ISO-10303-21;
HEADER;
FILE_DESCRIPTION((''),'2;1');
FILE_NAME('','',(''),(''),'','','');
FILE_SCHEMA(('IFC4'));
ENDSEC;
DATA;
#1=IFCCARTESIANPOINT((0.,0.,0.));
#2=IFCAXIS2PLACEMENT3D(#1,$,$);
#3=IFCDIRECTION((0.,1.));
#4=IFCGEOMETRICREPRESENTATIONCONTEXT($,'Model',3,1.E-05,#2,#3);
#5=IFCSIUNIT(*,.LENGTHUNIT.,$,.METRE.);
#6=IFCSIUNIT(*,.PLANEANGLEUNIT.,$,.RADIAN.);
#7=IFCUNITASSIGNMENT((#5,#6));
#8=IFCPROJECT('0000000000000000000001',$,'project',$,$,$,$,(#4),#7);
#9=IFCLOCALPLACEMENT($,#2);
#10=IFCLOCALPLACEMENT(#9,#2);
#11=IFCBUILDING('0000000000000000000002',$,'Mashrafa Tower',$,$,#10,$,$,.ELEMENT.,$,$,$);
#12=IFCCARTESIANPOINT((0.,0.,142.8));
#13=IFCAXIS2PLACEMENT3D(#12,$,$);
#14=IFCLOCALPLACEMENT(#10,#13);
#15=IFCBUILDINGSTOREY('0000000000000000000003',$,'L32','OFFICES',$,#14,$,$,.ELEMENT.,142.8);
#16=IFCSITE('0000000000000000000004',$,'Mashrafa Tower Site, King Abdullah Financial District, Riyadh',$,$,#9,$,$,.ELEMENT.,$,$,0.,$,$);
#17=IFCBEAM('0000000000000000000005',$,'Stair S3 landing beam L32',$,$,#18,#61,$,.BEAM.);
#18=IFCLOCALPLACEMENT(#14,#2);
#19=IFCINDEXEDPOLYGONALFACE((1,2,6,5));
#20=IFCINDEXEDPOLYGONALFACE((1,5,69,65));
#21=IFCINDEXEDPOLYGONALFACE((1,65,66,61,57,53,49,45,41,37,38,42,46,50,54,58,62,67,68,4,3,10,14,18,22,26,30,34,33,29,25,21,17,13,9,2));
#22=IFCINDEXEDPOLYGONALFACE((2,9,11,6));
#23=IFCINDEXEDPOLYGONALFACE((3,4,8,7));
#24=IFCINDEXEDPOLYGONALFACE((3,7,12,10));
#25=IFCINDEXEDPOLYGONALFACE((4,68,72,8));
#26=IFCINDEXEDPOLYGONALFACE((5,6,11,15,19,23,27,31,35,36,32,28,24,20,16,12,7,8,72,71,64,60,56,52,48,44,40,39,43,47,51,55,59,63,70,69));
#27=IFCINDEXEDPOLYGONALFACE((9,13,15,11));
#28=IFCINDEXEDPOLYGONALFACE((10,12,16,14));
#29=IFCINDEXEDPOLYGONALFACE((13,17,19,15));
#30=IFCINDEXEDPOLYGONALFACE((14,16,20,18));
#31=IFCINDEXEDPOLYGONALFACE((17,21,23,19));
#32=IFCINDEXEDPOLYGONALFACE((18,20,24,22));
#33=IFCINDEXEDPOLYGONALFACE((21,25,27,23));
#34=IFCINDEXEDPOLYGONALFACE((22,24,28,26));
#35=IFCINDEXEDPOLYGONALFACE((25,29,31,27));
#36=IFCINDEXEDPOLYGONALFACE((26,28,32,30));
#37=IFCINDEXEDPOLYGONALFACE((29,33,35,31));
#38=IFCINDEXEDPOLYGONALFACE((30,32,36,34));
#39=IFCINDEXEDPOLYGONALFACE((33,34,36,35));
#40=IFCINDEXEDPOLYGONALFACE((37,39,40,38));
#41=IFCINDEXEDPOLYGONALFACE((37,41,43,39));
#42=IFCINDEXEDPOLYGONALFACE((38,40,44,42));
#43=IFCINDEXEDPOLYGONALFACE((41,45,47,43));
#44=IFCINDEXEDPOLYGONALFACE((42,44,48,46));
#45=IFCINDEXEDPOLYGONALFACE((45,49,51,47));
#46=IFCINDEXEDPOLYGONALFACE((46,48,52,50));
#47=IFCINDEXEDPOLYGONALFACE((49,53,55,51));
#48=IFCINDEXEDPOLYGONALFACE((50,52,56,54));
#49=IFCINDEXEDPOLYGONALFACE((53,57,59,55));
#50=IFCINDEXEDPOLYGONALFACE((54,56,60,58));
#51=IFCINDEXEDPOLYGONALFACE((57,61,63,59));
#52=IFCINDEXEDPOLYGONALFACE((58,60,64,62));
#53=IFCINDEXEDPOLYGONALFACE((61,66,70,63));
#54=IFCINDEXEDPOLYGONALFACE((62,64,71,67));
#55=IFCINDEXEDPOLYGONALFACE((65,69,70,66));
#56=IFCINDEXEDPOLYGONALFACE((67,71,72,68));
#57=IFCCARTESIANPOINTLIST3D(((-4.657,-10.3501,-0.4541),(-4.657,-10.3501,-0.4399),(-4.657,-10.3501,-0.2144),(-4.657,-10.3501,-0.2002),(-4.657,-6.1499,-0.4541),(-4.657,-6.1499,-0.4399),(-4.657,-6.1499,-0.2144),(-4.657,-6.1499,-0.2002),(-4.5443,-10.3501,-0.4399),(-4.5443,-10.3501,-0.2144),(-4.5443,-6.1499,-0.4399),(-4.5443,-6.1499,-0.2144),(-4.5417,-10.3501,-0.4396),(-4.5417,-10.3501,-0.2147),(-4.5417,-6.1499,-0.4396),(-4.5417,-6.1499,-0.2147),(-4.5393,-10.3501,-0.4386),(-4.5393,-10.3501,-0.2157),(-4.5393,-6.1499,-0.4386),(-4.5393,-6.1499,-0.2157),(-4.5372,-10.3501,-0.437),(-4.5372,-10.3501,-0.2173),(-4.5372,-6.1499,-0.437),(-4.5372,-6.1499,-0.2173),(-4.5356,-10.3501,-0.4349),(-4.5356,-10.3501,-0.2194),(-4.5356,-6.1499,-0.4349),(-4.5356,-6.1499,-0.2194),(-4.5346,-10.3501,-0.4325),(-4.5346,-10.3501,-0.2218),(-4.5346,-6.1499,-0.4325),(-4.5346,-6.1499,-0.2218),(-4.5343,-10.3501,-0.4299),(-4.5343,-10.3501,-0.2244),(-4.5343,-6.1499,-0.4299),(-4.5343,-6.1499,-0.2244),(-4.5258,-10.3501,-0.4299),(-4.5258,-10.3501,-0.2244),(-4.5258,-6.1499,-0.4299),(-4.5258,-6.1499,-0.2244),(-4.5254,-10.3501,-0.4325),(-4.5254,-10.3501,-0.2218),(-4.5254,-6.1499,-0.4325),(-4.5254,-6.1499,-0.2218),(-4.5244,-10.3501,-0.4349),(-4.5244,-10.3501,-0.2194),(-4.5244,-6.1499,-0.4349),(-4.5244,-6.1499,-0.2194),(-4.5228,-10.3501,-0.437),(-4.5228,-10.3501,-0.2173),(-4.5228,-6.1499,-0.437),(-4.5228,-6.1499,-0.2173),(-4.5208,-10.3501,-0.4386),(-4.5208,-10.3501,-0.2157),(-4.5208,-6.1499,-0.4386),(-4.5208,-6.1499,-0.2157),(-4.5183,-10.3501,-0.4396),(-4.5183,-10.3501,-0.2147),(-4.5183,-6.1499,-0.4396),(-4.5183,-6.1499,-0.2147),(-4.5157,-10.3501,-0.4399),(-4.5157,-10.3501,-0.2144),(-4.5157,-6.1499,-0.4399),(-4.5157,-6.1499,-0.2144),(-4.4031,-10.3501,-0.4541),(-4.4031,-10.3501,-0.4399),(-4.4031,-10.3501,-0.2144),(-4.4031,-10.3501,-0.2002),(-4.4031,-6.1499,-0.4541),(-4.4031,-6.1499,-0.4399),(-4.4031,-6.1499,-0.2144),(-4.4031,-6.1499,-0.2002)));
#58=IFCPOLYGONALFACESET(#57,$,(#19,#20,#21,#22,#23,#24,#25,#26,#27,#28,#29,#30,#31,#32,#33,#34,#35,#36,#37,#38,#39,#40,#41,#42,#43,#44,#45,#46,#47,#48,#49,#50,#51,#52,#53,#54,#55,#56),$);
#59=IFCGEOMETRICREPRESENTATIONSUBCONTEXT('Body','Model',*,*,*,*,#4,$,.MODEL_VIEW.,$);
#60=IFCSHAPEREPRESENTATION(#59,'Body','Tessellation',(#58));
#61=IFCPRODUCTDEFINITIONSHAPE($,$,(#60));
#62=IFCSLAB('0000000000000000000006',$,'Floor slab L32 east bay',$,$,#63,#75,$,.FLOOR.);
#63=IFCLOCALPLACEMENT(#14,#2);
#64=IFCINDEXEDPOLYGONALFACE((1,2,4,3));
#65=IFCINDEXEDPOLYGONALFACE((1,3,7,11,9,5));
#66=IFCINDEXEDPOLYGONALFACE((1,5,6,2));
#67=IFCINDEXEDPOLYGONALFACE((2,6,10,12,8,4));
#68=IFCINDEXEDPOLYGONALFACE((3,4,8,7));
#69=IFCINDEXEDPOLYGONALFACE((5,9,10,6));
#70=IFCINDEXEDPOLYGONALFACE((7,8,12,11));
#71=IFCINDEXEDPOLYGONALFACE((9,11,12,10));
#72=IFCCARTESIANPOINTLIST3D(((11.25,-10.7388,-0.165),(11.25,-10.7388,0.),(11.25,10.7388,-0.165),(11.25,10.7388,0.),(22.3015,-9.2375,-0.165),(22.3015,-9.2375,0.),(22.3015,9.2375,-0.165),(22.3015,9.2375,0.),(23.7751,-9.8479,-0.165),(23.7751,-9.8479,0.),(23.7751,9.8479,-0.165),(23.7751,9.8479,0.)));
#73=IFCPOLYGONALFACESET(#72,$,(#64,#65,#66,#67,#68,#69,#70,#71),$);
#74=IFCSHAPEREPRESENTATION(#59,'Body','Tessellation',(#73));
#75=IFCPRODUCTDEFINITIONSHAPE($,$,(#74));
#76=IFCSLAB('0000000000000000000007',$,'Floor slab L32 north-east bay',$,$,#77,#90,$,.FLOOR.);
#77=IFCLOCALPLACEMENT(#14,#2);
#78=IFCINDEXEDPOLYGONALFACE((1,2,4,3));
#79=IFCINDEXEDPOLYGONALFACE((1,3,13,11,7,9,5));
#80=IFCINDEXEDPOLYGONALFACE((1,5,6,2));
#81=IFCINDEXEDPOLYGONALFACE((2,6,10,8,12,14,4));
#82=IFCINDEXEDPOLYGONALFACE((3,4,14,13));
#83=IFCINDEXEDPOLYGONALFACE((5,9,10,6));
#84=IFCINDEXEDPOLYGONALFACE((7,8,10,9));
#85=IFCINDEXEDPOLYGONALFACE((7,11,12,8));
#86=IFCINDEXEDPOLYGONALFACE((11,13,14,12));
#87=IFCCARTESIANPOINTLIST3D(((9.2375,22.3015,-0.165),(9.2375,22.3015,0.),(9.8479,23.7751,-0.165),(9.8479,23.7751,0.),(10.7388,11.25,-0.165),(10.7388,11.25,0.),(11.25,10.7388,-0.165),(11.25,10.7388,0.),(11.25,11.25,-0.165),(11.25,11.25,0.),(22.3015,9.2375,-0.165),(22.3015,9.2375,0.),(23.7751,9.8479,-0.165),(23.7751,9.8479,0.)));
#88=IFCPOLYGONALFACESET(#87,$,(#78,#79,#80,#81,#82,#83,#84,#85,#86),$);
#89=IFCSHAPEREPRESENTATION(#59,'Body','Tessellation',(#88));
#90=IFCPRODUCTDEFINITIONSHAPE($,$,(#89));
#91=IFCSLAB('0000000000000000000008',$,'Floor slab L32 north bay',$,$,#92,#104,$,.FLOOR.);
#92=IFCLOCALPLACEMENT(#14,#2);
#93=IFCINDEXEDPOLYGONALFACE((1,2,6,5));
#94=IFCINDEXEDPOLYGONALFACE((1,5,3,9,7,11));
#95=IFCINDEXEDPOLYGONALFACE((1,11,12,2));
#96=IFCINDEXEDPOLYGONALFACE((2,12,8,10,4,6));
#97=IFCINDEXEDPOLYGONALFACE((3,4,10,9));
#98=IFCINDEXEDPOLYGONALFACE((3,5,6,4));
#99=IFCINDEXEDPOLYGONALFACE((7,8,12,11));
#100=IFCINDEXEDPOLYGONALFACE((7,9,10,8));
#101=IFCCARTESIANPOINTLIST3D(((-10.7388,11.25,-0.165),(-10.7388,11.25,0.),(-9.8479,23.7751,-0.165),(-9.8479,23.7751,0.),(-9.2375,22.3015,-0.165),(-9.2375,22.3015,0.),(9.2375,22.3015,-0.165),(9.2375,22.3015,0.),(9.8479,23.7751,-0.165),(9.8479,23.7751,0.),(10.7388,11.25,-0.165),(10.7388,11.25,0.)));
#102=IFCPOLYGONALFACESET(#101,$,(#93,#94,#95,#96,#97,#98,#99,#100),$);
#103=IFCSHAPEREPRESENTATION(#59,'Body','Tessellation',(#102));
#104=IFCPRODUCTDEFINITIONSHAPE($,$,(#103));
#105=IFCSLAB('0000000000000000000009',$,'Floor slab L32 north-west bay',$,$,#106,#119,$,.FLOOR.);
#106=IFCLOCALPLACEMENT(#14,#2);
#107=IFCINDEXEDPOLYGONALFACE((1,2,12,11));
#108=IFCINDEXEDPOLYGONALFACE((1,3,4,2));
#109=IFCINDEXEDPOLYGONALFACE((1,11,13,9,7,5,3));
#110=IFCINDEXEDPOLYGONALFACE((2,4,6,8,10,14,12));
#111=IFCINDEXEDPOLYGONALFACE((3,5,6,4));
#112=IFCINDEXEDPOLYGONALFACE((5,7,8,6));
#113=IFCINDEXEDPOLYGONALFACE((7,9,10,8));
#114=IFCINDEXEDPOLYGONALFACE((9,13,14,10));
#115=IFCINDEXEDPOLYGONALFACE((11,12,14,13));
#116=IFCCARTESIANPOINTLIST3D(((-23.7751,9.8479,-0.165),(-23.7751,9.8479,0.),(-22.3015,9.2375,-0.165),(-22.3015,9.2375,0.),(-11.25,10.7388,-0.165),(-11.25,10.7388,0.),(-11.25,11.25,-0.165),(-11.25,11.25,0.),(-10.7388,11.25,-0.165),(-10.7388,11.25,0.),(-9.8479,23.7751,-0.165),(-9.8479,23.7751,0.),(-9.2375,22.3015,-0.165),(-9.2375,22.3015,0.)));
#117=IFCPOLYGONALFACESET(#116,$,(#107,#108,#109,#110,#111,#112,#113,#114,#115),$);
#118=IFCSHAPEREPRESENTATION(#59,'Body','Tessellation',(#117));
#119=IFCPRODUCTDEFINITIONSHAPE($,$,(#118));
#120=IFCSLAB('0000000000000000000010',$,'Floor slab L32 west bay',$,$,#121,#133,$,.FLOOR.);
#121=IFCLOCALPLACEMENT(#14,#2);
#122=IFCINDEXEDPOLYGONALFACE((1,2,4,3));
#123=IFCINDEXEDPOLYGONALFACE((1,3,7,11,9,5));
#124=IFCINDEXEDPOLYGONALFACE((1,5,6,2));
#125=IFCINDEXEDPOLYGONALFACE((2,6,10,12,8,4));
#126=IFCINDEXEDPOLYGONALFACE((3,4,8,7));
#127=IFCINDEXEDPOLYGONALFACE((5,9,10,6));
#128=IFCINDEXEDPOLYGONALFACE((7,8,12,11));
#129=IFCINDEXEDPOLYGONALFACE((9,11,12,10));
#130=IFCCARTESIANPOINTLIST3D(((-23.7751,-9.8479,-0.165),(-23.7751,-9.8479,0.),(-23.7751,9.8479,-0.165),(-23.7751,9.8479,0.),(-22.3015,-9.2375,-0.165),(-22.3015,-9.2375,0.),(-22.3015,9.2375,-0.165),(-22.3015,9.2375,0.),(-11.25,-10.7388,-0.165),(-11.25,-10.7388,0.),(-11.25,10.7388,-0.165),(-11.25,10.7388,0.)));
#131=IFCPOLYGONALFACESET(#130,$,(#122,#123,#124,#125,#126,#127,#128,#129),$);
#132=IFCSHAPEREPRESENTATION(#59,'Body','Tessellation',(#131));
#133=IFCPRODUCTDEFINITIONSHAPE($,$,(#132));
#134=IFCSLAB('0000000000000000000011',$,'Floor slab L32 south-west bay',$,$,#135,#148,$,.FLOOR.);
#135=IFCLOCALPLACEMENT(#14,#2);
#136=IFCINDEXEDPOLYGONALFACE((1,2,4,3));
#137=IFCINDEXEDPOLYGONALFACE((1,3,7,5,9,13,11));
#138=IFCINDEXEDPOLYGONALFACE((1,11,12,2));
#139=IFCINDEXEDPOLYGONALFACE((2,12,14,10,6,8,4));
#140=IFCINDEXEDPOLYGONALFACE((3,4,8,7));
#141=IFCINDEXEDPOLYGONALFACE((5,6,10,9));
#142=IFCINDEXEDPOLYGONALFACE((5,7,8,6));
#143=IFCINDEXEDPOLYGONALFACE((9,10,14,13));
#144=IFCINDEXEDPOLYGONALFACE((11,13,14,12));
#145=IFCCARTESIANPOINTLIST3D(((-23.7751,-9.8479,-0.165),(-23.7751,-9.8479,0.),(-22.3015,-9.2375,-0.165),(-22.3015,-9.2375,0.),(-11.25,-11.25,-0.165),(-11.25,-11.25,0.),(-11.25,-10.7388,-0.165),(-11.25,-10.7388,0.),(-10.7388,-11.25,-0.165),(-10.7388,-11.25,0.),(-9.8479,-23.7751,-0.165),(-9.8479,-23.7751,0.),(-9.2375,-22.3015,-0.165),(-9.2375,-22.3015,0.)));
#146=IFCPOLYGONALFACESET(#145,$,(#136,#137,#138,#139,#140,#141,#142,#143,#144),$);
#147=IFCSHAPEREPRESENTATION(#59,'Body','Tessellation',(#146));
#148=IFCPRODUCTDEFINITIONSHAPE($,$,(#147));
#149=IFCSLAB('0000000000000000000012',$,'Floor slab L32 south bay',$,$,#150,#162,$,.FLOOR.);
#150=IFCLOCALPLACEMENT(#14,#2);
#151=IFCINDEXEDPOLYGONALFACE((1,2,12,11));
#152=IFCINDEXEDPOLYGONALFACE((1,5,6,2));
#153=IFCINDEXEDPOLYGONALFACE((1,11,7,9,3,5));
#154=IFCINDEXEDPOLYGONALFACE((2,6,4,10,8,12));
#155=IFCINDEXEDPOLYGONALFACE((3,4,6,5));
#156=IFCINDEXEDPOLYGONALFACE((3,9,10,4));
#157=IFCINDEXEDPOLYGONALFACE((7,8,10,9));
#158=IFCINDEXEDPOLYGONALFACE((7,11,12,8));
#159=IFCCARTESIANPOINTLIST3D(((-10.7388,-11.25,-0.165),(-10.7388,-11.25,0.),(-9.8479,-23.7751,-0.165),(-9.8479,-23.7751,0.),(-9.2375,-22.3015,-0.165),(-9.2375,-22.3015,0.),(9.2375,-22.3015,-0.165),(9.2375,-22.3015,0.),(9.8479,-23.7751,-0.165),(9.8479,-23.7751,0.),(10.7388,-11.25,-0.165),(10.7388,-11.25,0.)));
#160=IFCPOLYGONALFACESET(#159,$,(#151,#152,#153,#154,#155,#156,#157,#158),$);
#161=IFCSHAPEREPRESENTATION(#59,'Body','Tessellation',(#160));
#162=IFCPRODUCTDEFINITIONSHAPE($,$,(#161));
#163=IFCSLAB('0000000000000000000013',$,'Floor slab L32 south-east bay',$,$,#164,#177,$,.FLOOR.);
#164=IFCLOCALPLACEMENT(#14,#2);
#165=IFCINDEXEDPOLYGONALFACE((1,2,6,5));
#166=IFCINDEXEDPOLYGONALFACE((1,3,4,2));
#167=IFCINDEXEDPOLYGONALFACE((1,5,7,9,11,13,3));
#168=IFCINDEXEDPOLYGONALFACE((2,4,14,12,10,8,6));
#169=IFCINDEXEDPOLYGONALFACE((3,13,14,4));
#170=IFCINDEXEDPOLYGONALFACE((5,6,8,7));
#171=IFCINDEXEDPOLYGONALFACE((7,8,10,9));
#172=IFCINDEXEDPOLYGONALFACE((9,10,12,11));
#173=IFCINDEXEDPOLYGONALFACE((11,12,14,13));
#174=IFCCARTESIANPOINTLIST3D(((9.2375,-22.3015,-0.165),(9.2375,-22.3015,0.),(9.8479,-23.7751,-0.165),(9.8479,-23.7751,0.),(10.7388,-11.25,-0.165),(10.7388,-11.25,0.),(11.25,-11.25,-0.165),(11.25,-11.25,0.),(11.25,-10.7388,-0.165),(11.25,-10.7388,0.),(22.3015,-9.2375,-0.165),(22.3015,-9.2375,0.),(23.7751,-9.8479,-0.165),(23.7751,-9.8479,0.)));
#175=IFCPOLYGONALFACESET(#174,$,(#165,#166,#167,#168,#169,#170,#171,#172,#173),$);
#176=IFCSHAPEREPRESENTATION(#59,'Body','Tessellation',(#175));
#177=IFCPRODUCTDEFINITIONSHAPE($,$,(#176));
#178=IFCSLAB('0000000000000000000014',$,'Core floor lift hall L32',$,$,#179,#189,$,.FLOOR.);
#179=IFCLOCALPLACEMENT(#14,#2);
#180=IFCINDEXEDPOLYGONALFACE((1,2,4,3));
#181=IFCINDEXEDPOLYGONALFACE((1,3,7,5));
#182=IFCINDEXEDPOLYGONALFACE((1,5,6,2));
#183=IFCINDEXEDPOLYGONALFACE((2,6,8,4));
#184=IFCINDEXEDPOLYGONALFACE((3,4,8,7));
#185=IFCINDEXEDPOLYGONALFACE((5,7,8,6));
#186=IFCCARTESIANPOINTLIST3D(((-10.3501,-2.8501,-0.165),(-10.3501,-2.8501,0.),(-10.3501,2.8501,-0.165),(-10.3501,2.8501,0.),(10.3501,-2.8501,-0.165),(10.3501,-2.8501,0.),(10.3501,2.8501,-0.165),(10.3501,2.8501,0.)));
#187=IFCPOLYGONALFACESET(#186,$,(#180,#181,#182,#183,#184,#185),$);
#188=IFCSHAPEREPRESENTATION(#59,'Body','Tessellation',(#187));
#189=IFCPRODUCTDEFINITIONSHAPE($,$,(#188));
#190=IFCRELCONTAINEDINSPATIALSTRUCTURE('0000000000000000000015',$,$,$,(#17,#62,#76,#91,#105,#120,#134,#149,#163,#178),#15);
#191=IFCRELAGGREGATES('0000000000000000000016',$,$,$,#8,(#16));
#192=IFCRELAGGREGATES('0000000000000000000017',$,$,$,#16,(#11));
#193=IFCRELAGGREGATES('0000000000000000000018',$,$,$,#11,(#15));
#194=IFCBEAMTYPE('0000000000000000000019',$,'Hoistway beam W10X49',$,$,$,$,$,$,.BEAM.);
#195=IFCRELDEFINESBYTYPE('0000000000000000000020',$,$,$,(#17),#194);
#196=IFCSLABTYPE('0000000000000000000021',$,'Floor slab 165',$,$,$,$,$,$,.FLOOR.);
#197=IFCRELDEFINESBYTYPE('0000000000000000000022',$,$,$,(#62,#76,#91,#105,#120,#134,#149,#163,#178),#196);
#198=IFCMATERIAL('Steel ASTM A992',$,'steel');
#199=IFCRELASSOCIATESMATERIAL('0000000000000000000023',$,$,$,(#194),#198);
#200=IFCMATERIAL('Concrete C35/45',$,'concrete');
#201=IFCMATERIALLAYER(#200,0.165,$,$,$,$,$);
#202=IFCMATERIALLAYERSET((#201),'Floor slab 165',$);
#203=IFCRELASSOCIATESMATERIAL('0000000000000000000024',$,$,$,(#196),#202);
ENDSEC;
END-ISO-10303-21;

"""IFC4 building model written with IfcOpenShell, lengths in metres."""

from ifc_helpers import new_model, si_unit, direction, frame, origin, origin_2d, place, context, subcontext, project, spatial, polyline, i_section, outline, extrude, material, layer, layer_set, material_profile, profile_set, type_object, element, save


model = new_model("IFC4")

# Units and contexts
model_context = context("Model", 3, precision=1e-05, world=origin(), true_north=direction((0.0, 1.0)))
body_context = subcontext(model_context, "Body", "Model", "MODEL_VIEW")
ifc_project = project(units=[si_unit("LENGTHUNIT", "METRE"), si_unit("PLANEANGLEUNIT", "RADIAN")], contexts=[model_context])

# Site, building, storey
site_placement = place(None, origin())
site = spatial("IfcSite", under=ifc_project, at=site_placement, Name="Mashrafa Tower Site, King Abdullah Financial District, Riyadh", CompositionType="ELEMENT", RefElevation=0.0)
building_placement = place(site_placement, origin())
building = spatial("IfcBuilding", under=site, at=building_placement, Name="Mashrafa Tower", CompositionType="ELEMENT")
storey_placement = place(building_placement, frame((0.0, 0.0, 142.8)))
storey = spatial("IfcBuildingStorey", under=building, at=storey_placement, Name="L32", Description="OFFICES", CompositionType="ELEMENT", Elevation=142.8)

# Beam
ifc_material_1 = material(Name="Steel ASTM A992", Category="steel")
ifc_material_profile_1 = material_profile(ifc_material_1, i_section(OverallWidth=0.2539, OverallDepth=0.2539, WebThickness=0.0085, FlangeThickness=0.0142, FilletRadius=0.01, at=origin_2d()), Name="W10X49")
ifc_profile_set_1 = profile_set([ifc_material_profile_1], Name="Steel ASTM A992")
beam_type_1 = type_object("IfcBeamType", Name="Hoistway beam W10X49", PredefinedType="BEAM", material=ifc_profile_set_1)
beam_1_placement = place(storey_placement, frame((-4.53, -10.3501, -0.3271), z_axis=(0.0, 1.0, 0.0), x_axis=(-1.0, 0.0, 0.0)))
element("IfcBeam", 1, at=beam_1_placement, inside=storey, type_object=beam_type_1, Name="Stair S3 landing beam L32", PredefinedType="BEAM", context=body_context, shape_type="SweptSolid", body=[
    extrude(i_section(OverallWidth=0.2539, OverallDepth=0.2539, WebThickness=0.0085, FlangeThickness=0.0142, FilletRadius=0.01, at=origin_2d()), origin(), (0.0, 0.0, 1.0), 4.2002),
])

# Slabs
ifc_material_2 = material(Name="Concrete C35/45", Category="concrete")
ifc_layer_1 = layer(ifc_material_2, 0.165)
ifc_layer_set_1 = layer_set([ifc_layer_1], Name="Floor slab 165")
slab_type = type_object("IfcSlabType", Name="Floor slab 165", PredefinedType="FLOOR", material=ifc_layer_set_1)
slab_1_placement = place(storey_placement, frame((0.0, 0.0, -0.165)))
element("IfcSlab", 2, at=slab_1_placement, inside=storey, type_object=slab_type, Name="Floor slab L32 east bay", PredefinedType="FLOOR", context=body_context, shape_type="SweptSolid", body=[
    extrude(outline(polyline([(23.7751, -9.8479), (22.3015, -9.2375), (11.25, -10.7388), (11.25, 10.7388), (22.3015, 9.2375), (23.7751, 9.8479), (23.7751, -9.8479)])), origin(), (0.0, 0.0, 1.0), 0.165),
])
slab_2_placement = place(storey_placement, frame((0.0, 0.0, -0.165)))
element("IfcSlab", 3, at=slab_2_placement, inside=storey, type_object=slab_type, Name="Floor slab L32 north-east bay", PredefinedType="FLOOR", context=body_context, shape_type="SweptSolid", body=[
    extrude(outline(polyline([(9.8479, 23.7751), (23.7751, 9.8479), (23.7751, 9.8479), (22.3015, 9.2375), (11.25, 10.7388), (11.25, 11.25), (10.7388, 11.25), (9.2375, 22.3015), (9.8479, 23.7751), (9.8479, 23.7751)])), origin(), (0.0, 0.0, 1.0), 0.165),
])
slab_3_placement = place(storey_placement, frame((0.0, 0.0, -0.165)))
element("IfcSlab", 4, at=slab_3_placement, inside=storey, type_object=slab_type, Name="Floor slab L32 north bay", PredefinedType="FLOOR", context=body_context, shape_type="SweptSolid", body=[
    extrude(outline(polyline([(9.8479, 23.7751), (9.2375, 22.3015), (10.7388, 11.25), (-10.7388, 11.25), (-9.2375, 22.3015), (-9.8479, 23.7751), (9.8479, 23.7751)])), origin(), (0.0, 0.0, 1.0), 0.165),
])
slab_4_placement = place(storey_placement, frame((0.0, 0.0, -0.165)))
element("IfcSlab", 5, at=slab_4_placement, inside=storey, type_object=slab_type, Name="Floor slab L32 north-west bay", PredefinedType="FLOOR", context=body_context, shape_type="SweptSolid", body=[
    extrude(outline(polyline([(-23.7751, 9.8479), (-9.8479, 23.7751), (-9.8479, 23.7751), (-9.2375, 22.3015), (-10.7388, 11.25), (-11.25, 11.25), (-11.25, 10.7388), (-22.3015, 9.2375), (-23.7751, 9.8479), (-23.7751, 9.8479)])), origin(), (0.0, 0.0, 1.0), 0.165),
])
slab_5_placement = place(storey_placement, frame((0.0, 0.0, -0.165)))
element("IfcSlab", 6, at=slab_5_placement, inside=storey, type_object=slab_type, Name="Floor slab L32 west bay", PredefinedType="FLOOR", context=body_context, shape_type="SweptSolid", body=[
    extrude(outline(polyline([(-23.7751, 9.8479), (-22.3015, 9.2375), (-11.25, 10.7388), (-11.25, -10.7388), (-22.3015, -9.2375), (-23.7751, -9.8479), (-23.7751, 9.8479)])), origin(), (0.0, 0.0, 1.0), 0.165),
])
slab_6_placement = place(storey_placement, frame((0.0, 0.0, -0.165)))
element("IfcSlab", 7, at=slab_6_placement, inside=storey, type_object=slab_type, Name="Floor slab L32 south-west bay", PredefinedType="FLOOR", context=body_context, shape_type="SweptSolid", body=[
    extrude(outline(polyline([(-9.8479, -23.7751), (-23.7751, -9.8479), (-23.7751, -9.8479), (-22.3015, -9.2375), (-11.25, -10.7388), (-11.25, -11.25), (-10.7388, -11.25), (-9.2375, -22.3015), (-9.8479, -23.7751), (-9.8479, -23.7751)])), origin(), (0.0, 0.0, 1.0), 0.165),
])
slab_7_placement = place(storey_placement, frame((0.0, 0.0, -0.165)))
element("IfcSlab", 8, at=slab_7_placement, inside=storey, type_object=slab_type, Name="Floor slab L32 south bay", PredefinedType="FLOOR", context=body_context, shape_type="SweptSolid", body=[
    extrude(outline(polyline([(-9.8479, -23.7751), (-9.2375, -22.3015), (-10.7388, -11.25), (10.7388, -11.25), (9.2375, -22.3015), (9.8479, -23.7751), (-9.8479, -23.7751)])), origin(), (0.0, 0.0, 1.0), 0.165),
])
slab_8_placement = place(storey_placement, frame((0.0, 0.0, -0.165)))
element("IfcSlab", 9, at=slab_8_placement, inside=storey, type_object=slab_type, Name="Floor slab L32 south-east bay", PredefinedType="FLOOR", context=body_context, shape_type="SweptSolid", body=[
    extrude(outline(polyline([(9.8479, -23.7751), (9.2375, -22.3015), (10.7388, -11.25), (11.25, -11.25), (11.25, -10.7388), (22.3015, -9.2375), (23.7751, -9.8479), (23.7751, -9.8479), (9.8479, -23.7751), (9.8479, -23.7751)])), origin(), (0.0, 0.0, 1.0), 0.165),
])
slab_9_placement = place(storey_placement, frame((0.0, 0.0, -0.165)))
element("IfcSlab", 10, at=slab_9_placement, inside=storey, type_object=slab_type, Name="Core floor lift hall L32", PredefinedType="FLOOR", context=body_context, shape_type="SweptSolid", body=[
    extrude(outline(polyline([(-10.3501, 2.8501), (10.3501, 2.8501), (10.3501, -2.8501), (-10.3501, -2.8501), (-10.3501, 2.8501)])), origin(), (0.0, 0.0, 1.0), 0.165),
])

save(model, "model.ifc")
